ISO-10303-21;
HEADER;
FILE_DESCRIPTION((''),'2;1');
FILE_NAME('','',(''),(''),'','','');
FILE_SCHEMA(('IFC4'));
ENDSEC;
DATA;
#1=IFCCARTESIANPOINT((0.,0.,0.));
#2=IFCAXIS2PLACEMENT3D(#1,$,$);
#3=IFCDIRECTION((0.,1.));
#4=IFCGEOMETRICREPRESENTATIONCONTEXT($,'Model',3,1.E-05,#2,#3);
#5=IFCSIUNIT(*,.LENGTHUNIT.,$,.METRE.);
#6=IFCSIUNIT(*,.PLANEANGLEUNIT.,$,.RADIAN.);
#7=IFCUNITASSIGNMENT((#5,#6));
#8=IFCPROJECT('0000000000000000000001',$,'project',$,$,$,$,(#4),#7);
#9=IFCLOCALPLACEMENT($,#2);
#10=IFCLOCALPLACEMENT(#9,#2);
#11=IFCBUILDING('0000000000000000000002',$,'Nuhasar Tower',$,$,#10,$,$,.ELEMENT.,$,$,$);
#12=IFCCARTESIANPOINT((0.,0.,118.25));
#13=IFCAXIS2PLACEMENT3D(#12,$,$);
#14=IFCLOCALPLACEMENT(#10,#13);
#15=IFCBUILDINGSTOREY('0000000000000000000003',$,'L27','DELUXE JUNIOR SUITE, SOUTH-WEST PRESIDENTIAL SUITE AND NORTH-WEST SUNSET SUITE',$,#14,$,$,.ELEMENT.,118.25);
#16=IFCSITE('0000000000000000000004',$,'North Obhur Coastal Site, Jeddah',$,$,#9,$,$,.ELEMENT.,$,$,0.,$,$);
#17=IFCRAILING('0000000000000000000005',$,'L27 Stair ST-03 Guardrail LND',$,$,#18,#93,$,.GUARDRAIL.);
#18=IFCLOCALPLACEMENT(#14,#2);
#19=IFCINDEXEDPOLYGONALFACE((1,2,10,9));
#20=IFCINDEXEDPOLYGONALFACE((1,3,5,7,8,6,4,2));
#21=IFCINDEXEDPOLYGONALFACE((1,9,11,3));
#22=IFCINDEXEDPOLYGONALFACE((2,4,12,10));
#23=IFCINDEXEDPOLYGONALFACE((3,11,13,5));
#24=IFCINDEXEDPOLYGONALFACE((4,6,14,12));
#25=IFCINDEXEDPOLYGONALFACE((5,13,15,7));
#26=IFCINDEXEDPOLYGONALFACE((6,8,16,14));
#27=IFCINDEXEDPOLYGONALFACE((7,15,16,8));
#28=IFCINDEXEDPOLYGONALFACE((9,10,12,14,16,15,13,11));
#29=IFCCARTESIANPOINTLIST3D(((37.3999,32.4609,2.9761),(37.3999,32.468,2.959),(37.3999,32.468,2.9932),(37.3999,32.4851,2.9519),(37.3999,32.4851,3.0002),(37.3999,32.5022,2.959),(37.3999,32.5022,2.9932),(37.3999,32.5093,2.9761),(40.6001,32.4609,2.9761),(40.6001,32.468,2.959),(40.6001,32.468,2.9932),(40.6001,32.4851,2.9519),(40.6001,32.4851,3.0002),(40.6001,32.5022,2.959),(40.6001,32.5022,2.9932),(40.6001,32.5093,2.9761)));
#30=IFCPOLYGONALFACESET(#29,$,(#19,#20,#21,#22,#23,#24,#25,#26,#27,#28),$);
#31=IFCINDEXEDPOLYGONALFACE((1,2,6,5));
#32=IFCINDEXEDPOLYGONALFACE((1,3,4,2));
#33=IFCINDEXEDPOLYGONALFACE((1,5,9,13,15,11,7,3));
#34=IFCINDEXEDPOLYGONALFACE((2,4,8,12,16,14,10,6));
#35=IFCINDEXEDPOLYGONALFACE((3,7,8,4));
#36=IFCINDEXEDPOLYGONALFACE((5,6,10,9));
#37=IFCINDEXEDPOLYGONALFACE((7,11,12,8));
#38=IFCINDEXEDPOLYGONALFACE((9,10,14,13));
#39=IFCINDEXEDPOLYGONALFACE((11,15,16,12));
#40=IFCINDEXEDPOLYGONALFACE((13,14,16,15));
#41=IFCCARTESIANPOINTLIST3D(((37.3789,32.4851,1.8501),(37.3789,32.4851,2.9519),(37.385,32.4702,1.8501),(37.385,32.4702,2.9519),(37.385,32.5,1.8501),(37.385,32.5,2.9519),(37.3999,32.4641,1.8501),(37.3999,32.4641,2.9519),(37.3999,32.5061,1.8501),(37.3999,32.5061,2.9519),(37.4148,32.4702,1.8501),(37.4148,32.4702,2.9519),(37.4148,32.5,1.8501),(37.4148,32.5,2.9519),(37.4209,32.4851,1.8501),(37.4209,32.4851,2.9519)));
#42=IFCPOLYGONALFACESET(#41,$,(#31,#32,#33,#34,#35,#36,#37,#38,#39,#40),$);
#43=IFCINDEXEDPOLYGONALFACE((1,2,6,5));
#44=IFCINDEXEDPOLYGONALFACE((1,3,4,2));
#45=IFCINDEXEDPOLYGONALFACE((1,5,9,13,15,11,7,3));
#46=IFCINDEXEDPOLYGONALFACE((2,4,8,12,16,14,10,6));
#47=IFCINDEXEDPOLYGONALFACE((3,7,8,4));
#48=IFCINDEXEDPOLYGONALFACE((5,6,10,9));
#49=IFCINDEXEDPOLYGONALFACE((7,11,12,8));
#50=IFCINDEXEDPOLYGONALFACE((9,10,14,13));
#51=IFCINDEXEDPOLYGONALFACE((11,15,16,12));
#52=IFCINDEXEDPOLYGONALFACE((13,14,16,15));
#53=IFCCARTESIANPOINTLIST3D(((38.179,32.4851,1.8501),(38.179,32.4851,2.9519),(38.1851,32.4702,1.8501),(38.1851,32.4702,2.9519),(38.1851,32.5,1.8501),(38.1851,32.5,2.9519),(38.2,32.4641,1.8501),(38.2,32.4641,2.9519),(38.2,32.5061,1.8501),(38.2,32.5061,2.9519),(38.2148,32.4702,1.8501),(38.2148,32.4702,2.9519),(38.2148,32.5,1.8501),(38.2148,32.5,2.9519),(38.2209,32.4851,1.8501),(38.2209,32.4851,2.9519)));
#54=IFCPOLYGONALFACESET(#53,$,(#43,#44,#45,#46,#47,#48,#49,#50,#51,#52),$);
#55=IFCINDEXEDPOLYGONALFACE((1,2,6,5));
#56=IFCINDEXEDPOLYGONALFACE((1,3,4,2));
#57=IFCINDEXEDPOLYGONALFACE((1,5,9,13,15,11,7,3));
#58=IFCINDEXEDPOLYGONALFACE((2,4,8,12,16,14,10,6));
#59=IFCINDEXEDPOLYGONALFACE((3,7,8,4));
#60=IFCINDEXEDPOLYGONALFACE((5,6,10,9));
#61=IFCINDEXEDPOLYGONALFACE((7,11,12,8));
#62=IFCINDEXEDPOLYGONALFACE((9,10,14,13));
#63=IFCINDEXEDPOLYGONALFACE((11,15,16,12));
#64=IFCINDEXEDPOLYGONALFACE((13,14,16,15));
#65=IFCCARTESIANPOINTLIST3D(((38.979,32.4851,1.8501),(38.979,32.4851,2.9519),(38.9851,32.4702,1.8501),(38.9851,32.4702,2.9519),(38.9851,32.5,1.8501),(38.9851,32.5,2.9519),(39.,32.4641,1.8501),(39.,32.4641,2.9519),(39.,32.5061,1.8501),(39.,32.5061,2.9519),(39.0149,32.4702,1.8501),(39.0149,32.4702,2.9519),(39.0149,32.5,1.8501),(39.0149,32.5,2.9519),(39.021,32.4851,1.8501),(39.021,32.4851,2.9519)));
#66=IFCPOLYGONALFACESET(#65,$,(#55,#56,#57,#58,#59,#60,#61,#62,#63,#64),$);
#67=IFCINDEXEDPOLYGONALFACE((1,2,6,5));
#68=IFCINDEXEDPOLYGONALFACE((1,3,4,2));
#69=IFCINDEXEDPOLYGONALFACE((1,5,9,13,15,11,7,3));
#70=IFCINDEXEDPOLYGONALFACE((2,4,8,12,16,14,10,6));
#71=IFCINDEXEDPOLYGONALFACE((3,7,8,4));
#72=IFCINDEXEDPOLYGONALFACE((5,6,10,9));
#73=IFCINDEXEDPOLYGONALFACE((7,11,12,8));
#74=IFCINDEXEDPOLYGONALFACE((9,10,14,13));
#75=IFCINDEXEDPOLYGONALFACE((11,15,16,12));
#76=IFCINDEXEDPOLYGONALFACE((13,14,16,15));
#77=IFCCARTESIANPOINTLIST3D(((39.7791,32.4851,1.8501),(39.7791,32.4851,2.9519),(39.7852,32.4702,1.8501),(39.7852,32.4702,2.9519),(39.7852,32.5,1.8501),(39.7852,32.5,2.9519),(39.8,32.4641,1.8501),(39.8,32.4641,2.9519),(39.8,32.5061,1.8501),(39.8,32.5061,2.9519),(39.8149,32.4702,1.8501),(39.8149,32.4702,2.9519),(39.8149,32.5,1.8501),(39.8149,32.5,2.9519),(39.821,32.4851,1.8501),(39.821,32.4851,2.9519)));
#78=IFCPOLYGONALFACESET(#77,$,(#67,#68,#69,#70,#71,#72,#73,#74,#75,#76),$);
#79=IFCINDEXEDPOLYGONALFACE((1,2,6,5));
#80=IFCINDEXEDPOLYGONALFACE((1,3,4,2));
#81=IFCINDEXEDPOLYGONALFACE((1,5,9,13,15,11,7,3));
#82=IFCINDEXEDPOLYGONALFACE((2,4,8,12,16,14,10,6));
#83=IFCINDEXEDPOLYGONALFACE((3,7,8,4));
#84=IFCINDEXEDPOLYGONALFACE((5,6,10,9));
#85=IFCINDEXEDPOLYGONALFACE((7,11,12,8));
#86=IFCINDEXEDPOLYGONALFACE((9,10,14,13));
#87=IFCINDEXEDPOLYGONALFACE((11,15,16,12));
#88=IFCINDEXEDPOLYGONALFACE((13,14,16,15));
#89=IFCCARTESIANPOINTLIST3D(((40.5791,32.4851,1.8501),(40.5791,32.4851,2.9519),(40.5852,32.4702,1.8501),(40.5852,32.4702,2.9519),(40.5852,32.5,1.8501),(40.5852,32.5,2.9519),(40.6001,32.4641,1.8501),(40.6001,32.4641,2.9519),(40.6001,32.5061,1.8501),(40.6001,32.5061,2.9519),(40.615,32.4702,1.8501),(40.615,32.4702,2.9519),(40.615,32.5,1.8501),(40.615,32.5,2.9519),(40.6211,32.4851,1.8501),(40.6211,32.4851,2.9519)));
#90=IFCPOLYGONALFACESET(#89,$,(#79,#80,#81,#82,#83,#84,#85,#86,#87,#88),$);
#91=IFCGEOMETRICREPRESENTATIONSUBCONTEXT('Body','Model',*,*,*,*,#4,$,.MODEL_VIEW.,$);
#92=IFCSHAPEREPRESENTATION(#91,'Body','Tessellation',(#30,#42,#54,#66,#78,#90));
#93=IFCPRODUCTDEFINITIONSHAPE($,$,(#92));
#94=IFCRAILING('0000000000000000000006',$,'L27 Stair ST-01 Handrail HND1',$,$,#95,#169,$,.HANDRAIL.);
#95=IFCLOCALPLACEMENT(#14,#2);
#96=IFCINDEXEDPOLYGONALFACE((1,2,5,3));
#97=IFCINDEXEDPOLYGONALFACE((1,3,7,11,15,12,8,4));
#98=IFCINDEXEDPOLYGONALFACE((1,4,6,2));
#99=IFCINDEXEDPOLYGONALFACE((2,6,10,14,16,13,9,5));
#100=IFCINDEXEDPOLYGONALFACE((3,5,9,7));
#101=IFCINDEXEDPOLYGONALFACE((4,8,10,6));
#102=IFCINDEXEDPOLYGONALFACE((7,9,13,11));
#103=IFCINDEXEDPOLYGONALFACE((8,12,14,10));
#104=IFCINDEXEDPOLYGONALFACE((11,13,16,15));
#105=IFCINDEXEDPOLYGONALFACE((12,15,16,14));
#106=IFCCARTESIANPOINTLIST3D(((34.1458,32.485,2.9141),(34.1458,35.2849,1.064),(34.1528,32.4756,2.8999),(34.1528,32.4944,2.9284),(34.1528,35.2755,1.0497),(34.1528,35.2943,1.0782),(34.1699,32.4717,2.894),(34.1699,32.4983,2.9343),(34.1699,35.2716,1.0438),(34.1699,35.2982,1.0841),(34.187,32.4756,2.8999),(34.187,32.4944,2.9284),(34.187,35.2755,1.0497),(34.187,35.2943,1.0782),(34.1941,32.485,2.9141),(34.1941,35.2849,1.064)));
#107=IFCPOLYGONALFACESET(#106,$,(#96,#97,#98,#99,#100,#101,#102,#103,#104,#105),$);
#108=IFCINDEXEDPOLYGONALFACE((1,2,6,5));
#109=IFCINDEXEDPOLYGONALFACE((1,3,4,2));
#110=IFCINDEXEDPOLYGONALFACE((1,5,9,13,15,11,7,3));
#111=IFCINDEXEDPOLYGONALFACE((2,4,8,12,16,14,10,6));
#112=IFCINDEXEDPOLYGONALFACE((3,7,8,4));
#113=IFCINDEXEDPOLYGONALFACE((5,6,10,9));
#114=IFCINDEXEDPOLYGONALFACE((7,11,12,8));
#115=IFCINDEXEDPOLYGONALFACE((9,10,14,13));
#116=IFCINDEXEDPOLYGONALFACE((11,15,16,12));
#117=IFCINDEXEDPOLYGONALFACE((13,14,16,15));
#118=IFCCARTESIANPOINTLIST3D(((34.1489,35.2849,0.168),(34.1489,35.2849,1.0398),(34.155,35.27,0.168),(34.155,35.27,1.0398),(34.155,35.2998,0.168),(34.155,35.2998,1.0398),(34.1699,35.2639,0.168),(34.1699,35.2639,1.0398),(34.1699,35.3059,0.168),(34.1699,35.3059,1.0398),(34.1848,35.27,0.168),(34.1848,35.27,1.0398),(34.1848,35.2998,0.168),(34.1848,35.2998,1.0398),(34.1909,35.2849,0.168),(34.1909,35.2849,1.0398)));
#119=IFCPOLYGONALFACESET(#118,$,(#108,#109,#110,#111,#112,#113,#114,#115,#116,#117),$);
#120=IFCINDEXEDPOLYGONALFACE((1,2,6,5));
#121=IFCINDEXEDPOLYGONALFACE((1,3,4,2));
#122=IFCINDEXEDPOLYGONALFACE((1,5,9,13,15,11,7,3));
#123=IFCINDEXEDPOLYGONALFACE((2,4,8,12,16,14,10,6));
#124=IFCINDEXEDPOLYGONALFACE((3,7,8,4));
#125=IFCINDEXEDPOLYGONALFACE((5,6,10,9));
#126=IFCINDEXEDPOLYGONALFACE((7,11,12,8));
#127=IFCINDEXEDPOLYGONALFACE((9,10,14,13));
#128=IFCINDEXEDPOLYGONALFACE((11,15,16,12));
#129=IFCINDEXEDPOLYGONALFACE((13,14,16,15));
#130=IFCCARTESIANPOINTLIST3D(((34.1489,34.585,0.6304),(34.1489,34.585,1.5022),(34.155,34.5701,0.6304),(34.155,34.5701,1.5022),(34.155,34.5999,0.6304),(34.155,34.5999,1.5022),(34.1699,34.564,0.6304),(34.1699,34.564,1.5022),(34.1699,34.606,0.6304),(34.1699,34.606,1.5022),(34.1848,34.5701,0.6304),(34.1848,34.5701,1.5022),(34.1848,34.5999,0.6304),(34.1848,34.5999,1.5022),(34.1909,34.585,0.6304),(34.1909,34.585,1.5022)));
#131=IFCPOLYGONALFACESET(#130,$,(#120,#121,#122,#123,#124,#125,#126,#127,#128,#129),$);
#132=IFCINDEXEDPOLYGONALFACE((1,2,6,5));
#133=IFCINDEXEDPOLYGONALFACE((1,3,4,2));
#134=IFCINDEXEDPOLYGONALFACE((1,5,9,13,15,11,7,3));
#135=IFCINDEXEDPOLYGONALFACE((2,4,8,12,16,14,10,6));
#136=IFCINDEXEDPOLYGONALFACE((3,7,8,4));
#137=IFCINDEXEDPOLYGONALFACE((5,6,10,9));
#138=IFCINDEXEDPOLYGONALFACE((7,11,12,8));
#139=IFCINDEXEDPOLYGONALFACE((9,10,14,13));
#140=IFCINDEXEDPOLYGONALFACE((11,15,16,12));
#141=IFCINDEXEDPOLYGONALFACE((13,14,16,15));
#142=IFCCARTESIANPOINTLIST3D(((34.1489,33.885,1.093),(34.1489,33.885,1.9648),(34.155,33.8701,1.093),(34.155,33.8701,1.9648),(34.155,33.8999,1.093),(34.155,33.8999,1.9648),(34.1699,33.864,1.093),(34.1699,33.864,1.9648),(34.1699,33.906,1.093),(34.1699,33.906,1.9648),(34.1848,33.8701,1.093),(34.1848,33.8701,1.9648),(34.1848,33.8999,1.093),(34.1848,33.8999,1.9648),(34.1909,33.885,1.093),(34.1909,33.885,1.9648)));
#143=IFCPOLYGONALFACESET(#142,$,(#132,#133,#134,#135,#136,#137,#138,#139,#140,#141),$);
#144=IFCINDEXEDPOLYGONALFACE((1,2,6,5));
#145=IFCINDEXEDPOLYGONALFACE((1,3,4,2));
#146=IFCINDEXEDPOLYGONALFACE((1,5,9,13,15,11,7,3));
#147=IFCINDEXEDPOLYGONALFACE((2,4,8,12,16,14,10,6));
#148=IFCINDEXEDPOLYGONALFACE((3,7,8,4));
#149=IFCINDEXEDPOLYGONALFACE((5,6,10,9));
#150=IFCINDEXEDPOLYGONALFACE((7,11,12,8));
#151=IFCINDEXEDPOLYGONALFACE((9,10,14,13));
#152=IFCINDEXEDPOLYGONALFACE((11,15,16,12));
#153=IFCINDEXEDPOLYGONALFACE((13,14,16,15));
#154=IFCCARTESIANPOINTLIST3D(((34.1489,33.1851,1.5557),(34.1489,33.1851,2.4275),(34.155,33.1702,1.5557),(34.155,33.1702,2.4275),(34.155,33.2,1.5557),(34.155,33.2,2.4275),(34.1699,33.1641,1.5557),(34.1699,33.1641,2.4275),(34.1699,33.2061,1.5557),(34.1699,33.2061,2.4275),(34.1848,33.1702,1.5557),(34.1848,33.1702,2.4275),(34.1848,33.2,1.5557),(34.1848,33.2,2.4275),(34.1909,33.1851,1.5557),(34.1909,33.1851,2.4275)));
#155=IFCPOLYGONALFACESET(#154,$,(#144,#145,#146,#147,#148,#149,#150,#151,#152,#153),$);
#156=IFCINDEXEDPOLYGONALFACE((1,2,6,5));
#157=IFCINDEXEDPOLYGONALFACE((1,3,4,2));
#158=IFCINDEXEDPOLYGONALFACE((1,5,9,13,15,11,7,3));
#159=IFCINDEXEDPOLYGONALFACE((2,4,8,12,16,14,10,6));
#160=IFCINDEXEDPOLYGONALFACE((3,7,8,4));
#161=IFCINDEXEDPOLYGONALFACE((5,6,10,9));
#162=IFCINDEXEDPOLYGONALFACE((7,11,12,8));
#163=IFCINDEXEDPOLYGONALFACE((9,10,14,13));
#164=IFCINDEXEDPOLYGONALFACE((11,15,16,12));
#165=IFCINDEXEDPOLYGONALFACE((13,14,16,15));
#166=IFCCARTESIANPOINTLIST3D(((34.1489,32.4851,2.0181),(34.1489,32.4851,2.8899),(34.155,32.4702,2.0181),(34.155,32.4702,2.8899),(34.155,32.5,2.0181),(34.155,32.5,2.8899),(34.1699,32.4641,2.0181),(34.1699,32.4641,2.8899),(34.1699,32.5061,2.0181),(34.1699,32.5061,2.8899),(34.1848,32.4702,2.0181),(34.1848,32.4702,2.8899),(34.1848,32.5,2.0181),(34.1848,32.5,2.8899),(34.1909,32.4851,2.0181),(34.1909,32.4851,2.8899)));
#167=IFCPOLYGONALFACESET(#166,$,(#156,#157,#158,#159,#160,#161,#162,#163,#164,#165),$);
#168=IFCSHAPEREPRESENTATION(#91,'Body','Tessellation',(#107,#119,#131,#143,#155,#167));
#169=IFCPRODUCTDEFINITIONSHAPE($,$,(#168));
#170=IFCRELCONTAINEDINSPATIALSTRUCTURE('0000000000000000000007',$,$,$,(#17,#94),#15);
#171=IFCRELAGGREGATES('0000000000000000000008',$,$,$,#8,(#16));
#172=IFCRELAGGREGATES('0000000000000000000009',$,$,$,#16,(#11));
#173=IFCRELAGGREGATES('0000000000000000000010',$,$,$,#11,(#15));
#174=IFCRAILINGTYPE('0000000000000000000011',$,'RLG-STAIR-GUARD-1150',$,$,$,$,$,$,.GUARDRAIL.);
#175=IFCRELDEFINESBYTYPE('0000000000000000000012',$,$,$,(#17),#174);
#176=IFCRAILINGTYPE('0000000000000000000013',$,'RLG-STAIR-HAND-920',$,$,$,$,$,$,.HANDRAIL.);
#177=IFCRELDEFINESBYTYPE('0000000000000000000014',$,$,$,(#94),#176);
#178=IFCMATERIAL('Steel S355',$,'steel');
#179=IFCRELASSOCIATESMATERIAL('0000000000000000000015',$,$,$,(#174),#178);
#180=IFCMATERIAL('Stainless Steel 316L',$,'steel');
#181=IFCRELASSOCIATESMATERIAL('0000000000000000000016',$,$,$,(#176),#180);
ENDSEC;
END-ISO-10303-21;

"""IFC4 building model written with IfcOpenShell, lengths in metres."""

from ifc_helpers import new_model, si_unit, direction, frame, origin, place, context, subcontext, project, spatial, polyline, outline, extrude, material, type_object, element, save


model = new_model("IFC4")

# Units and contexts
model_context = context("Model", 3, precision=1e-05, world=origin(), true_north=direction((0.0, 1.0)))
body_context = subcontext(model_context, "Body", "Model", "MODEL_VIEW")
ifc_project = project(units=[si_unit("LENGTHUNIT", "METRE"), si_unit("PLANEANGLEUNIT", "RADIAN")], contexts=[model_context])

# Site, building, storey
site_placement = place(None, origin())
site = spatial("IfcSite", under=ifc_project, at=site_placement, Name="North Obhur Coastal Site, Jeddah", CompositionType="ELEMENT", RefElevation=0.0)
building_placement = place(site_placement, origin())
building = spatial("IfcBuilding", under=site, at=building_placement, Name="Nuhasar Tower", CompositionType="ELEMENT")
storey_placement = place(building_placement, frame((0.0, 0.0, 118.25)))
storey = spatial("IfcBuildingStorey", under=building, at=storey_placement, Name="L27", Description="DELUXE JUNIOR SUITE, SOUTH-WEST PRESIDENTIAL SUITE AND NORTH-WEST SUNSET SUITE", CompositionType="ELEMENT", Elevation=118.25)

# Shared definitions
ifc_material_1 = material(Name="Steel S355", Category="steel")

# Railings
railing_type_1 = type_object("IfcRailingType", Name="RLG-STAIR-GUARD-1150", PredefinedType="GUARDRAIL", material=ifc_material_1)
railing_1_placement = place(storey_placement, frame((37.3999, 32.4851, 1.8501)))
element("IfcRailing", 1, at=railing_1_placement, inside=storey, type_object=railing_type_1, Name="L27 Stair ST-03 Guardrail LND", PredefinedType="GUARDRAIL", context=body_context, shape_type="SweptSolid", body=[
    extrude(outline(polyline([(0.0242, 0.0), (0.0171, 0.0171), (0.0, 0.0242), (-0.0171, 0.0171), (-0.0242, 0.0), (-0.0171, -0.0171), (0.0, -0.0242), (0.0171, -0.0171), (0.0242, 0.0)])), frame((0.0, 0.0, 1.126), z_axis=(1.0, 0.0, 0.0), x_axis=(0.0, 1.0, 0.0)), (0.0, 0.0, 1.0), 3.2002),
    extrude(outline(polyline([(0.021, 0.0), (0.0149, 0.0149), (0.0, 0.021), (-0.0149, 0.0149), (-0.021, 0.0), (-0.0149, -0.0149), (0.0, -0.021), (0.0149, -0.0149), (0.021, 0.0)])), origin(), (0.0, 0.0, 1.0), 1.1018),
    extrude(outline(polyline([(0.021, 0.0), (0.0149, 0.0149), (0.0, 0.021), (-0.0149, 0.0149), (-0.021, 0.0), (-0.0149, -0.0149), (0.0, -0.021), (0.0149, -0.0149), (0.021, 0.0)])), frame((0.8, 0.0, 0.0)), (0.0, 0.0, 1.0), 1.1018),
    extrude(outline(polyline([(0.021, 0.0), (0.0149, 0.0149), (0.0, 0.021), (-0.0149, 0.0149), (-0.021, 0.0), (-0.0149, -0.0149), (0.0, -0.021), (0.0149, -0.0149), (0.021, 0.0)])), frame((1.6001, 0.0, 0.0)), (0.0, 0.0, 1.0), 1.1018),
    extrude(outline(polyline([(0.021, 0.0), (0.0149, 0.0149), (0.0, 0.021), (-0.0149, 0.0149), (-0.021, 0.0), (-0.0149, -0.0149), (0.0, -0.021), (0.0149, -0.0149), (0.021, 0.0)])), frame((2.4001, 0.0, 0.0)), (0.0, 0.0, 1.0), 1.1018),
    extrude(outline(polyline([(0.021, 0.0), (0.0149, 0.0149), (0.0, 0.021), (-0.0149, 0.0149), (-0.021, 0.0), (-0.0149, -0.0149), (0.0, -0.021), (0.0149, -0.0149), (0.021, 0.0)])), frame((3.2002, 0.0, 0.0)), (0.0, 0.0, 1.0), 1.1018),
])
ifc_material_2 = material(Name="Stainless Steel 316L", Category="steel")
railing_type_2 = type_object("IfcRailingType", Name="RLG-STAIR-HAND-920", PredefinedType="HANDRAIL", material=ifc_material_2)
railing_2_placement = place(storey_placement, frame((34.1699, 35.2849, 0.168)))
element("IfcRailing", 2, at=railing_2_placement, inside=storey, type_object=railing_type_2, Name="L27 Stair ST-01 Handrail HND1", PredefinedType="HANDRAIL", context=body_context, shape_type="SweptSolid", body=[
    extrude(outline(polyline([(0.0242, 0.0), (0.0171, 0.0171), (0.0, 0.0242), (-0.0171, 0.0171), (-0.0242, 0.0), (-0.0171, -0.0171), (0.0, -0.0242), (0.0171, -0.0171), (0.0242, 0.0)])), frame((0.0, 0.0, 0.896), z_axis=(0.0, -0.834304, 0.551304), x_axis=(1.0, 0.0, 0.0)), (0.0, 0.0, 1.0), 3.356),
    extrude(outline(polyline([(0.021, 0.0), (0.0149, 0.0149), (0.0, 0.021), (-0.0149, 0.0149), (-0.021, 0.0), (-0.0149, -0.0149), (0.0, -0.021), (0.0149, -0.0149), (0.021, 0.0)])), origin(), (0.0, 0.0, 1.0), 0.8718),
    extrude(outline(polyline([(0.021, 0.0), (0.0149, 0.0149), (0.0, 0.021), (-0.0149, 0.0149), (-0.021, 0.0), (-0.0149, -0.0149), (0.0, -0.021), (0.0149, -0.0149), (0.021, 0.0)])), frame((0.0, -0.7, 0.4624)), (0.0, 0.0, 1.0), 0.8718),
    extrude(outline(polyline([(0.021, 0.0), (0.0149, 0.0149), (0.0, 0.021), (-0.0149, 0.0149), (-0.021, 0.0), (-0.0149, -0.0149), (0.0, -0.021), (0.0149, -0.0149), (0.021, 0.0)])), frame((0.0, -1.3999, 0.925)), (0.0, 0.0, 1.0), 0.8718),
    extrude(outline(polyline([(0.021, 0.0), (0.0149, 0.0149), (0.0, 0.021), (-0.0149, 0.0149), (-0.021, 0.0), (-0.0149, -0.0149), (0.0, -0.021), (0.0149, -0.0149), (0.021, 0.0)])), frame((0.0, -2.0999, 1.3877)), (0.0, 0.0, 1.0), 0.8718),
    extrude(outline(polyline([(0.021, 0.0), (0.0149, 0.0149), (0.0, 0.021), (-0.0149, 0.0149), (-0.021, 0.0), (-0.0149, -0.0149), (0.0, -0.021), (0.0149, -0.0149), (0.021, 0.0)])), frame((0.0, -2.7998, 1.8501)), (0.0, 0.0, 1.0), 0.8718),
])

save(model, "model.ifc")
